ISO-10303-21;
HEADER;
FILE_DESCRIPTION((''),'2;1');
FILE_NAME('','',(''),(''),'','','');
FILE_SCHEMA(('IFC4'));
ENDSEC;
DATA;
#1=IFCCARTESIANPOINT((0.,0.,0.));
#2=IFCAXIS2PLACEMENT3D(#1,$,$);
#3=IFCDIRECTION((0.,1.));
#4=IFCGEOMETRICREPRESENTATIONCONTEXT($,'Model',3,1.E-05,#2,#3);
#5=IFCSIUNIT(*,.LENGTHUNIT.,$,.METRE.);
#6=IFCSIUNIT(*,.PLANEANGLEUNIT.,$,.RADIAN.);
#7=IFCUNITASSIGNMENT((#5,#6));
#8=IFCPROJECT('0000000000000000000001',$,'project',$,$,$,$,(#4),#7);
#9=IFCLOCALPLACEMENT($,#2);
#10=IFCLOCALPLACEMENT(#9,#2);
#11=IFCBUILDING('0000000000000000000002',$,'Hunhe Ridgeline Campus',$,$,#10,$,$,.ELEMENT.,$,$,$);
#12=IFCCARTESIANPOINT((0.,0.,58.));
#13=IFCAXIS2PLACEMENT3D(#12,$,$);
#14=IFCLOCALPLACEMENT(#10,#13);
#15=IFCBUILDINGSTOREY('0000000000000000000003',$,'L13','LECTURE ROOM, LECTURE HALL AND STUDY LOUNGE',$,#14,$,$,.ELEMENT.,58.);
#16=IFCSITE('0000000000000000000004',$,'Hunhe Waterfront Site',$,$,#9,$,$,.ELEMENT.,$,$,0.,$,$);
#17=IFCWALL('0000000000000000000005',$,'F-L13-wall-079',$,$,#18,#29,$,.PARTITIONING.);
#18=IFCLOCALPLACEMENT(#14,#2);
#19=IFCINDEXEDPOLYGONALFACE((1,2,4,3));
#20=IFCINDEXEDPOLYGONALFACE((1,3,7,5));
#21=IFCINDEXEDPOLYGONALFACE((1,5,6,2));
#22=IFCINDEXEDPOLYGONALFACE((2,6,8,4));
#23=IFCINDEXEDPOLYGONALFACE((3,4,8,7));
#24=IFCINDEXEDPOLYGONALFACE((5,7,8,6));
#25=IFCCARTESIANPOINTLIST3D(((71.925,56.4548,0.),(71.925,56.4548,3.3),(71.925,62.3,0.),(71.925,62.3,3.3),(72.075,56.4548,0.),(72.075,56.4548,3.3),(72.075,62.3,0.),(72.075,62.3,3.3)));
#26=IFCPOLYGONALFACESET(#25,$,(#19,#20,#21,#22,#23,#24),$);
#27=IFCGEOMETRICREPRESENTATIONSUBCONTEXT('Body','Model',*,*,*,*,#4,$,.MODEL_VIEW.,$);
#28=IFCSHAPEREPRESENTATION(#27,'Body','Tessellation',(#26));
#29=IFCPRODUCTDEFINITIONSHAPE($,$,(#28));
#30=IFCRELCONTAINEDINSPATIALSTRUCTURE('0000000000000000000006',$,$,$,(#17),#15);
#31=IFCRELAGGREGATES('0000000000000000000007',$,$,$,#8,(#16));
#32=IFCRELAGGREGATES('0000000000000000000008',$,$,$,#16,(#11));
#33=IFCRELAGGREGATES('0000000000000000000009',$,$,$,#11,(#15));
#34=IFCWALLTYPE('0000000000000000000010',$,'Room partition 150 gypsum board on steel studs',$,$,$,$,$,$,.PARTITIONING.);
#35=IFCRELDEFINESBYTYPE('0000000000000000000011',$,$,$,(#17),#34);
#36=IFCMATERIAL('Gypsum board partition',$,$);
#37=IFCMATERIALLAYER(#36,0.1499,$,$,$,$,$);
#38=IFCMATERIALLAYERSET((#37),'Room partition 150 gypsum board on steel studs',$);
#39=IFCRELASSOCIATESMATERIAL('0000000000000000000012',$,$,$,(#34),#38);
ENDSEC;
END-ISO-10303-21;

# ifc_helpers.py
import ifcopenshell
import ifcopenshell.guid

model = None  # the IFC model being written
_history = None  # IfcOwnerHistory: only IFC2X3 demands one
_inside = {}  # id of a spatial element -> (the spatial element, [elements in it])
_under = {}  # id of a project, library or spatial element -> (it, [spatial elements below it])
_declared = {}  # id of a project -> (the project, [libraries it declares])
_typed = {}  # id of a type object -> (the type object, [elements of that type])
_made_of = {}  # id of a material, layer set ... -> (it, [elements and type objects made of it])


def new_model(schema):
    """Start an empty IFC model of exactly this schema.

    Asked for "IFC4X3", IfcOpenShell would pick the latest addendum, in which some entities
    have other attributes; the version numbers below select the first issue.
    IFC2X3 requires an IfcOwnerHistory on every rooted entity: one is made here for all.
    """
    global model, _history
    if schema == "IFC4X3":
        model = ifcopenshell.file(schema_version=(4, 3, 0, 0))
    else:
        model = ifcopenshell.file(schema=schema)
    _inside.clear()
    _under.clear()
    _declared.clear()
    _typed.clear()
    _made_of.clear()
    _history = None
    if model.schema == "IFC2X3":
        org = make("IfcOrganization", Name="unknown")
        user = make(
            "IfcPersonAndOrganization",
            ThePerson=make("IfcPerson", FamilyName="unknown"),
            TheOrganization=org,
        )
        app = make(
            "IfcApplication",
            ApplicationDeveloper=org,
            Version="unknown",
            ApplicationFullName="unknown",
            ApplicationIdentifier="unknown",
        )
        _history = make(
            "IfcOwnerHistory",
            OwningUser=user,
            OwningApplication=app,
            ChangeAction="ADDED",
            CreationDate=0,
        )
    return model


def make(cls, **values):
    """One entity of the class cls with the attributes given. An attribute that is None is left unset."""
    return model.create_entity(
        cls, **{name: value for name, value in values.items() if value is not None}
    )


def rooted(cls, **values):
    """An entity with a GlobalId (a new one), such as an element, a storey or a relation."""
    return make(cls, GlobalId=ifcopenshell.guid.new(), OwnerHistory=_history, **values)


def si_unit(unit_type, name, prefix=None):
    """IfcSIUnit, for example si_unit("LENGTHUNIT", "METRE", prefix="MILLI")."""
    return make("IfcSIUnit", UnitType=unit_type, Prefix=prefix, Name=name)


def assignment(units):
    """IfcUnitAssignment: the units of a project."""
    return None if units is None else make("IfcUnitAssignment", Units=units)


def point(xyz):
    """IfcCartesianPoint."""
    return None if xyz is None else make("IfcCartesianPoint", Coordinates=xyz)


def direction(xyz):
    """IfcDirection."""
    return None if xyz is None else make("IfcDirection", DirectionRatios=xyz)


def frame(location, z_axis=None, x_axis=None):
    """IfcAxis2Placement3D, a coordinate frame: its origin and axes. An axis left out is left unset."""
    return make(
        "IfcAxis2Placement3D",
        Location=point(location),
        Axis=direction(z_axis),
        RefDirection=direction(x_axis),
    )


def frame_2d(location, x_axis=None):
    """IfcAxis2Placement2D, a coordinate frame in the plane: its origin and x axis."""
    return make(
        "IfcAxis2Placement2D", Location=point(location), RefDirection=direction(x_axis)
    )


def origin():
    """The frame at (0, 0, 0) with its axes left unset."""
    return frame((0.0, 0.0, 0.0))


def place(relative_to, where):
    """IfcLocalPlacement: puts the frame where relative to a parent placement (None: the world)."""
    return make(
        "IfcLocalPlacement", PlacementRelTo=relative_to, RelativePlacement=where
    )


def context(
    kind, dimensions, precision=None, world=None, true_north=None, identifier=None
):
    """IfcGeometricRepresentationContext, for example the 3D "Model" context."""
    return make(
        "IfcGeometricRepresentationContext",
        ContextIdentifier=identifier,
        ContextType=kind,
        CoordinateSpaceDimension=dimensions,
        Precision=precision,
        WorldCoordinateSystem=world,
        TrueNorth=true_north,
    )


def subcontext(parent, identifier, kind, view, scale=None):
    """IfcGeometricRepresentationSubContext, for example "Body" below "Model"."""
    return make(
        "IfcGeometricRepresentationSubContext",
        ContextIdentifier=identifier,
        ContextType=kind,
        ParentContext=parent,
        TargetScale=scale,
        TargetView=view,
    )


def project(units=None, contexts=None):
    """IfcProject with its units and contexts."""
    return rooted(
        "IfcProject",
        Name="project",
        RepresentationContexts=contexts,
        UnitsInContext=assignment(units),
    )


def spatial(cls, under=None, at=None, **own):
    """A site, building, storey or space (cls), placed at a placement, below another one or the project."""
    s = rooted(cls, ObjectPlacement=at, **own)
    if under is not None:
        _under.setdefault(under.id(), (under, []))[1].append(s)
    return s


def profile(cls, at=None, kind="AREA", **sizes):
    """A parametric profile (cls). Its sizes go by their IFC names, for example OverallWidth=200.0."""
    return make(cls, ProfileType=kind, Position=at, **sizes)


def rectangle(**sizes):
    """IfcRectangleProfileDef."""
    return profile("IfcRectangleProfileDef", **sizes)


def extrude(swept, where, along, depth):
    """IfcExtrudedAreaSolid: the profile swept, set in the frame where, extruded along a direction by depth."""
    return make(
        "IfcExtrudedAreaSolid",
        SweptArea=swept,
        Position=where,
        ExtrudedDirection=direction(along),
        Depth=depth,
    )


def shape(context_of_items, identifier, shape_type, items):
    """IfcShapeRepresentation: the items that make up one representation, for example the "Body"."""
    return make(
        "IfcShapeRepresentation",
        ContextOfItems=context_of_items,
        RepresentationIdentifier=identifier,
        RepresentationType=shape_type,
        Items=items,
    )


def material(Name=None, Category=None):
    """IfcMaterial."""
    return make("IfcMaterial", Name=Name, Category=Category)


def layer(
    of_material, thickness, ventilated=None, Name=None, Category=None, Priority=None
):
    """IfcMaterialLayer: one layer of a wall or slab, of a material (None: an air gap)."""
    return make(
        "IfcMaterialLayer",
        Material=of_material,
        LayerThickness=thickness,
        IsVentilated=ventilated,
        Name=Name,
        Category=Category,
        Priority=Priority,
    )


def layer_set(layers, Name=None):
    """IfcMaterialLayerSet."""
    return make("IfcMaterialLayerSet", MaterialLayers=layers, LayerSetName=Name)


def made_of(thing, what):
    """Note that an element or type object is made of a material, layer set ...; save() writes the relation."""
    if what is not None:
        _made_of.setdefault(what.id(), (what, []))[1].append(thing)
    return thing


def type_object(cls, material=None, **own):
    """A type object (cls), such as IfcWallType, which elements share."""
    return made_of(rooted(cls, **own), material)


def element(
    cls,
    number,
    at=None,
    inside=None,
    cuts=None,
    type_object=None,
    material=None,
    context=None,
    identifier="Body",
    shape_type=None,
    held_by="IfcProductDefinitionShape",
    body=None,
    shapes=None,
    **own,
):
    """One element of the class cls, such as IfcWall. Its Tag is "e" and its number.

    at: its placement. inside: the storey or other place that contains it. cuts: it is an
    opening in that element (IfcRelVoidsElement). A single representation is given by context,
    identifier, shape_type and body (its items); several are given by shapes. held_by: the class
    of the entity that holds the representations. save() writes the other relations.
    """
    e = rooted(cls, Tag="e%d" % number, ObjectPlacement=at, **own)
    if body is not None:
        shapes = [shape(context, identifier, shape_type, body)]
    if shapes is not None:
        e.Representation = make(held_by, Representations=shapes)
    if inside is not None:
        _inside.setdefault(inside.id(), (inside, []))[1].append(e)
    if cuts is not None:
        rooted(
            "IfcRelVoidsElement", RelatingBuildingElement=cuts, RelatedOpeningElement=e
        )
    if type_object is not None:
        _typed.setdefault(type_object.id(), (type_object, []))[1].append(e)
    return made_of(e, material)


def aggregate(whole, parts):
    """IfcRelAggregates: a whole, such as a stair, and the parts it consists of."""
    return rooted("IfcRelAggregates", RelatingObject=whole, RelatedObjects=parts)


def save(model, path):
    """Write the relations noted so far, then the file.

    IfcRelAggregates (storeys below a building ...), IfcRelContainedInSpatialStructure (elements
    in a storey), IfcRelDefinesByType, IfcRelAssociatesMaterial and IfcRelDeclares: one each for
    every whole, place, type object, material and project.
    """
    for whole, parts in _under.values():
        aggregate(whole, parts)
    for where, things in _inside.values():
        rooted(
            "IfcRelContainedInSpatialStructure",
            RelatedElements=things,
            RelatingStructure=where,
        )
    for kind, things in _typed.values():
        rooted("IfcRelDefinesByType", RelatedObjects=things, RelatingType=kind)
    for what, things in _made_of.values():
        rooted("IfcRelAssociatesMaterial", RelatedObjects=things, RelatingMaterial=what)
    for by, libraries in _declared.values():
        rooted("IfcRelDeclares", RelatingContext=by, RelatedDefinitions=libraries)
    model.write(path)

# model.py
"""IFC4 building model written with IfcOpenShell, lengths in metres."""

from ifc_helpers import new_model, si_unit, direction, frame, frame_2d, origin, place, context, subcontext, project, spatial, rectangle, extrude, material, layer, layer_set, type_object, element, save


model = new_model("IFC4")

# Units and contexts
model_context = context("Model", 3, precision=1e-05, world=origin(), true_north=direction((0.0, 1.0)))
body_context = subcontext(model_context, "Body", "Model", "MODEL_VIEW")
ifc_project = project(units=[si_unit("LENGTHUNIT", "METRE"), si_unit("PLANEANGLEUNIT", "RADIAN")], contexts=[model_context])

# Site, building, storey
site_placement = place(None, origin())
site = spatial("IfcSite", under=ifc_project, at=site_placement, Name="Hunhe Waterfront Site", CompositionType="ELEMENT", RefElevation=0.0)
building_placement = place(site_placement, origin())
building = spatial("IfcBuilding", under=site, at=building_placement, Name="Hunhe Ridgeline Campus", CompositionType="ELEMENT")
storey_placement = place(building_placement, frame((0.0, 0.0, 58.0)))
storey = spatial("IfcBuildingStorey", under=building, at=storey_placement, Name="L13", Description="LECTURE ROOM, LECTURE HALL AND STUDY LOUNGE", CompositionType="ELEMENT", Elevation=58.0)

# Wall
ifc_material_1 = material(Name="Gypsum board partition")
ifc_layer_1 = layer(ifc_material_1, 0.1499)
ifc_layer_set_1 = layer_set([ifc_layer_1], Name="Room partition 150 gypsum board on steel studs")
wall_type_1 = type_object("IfcWallType", Name="Room partition 150 gypsum board on steel studs", PredefinedType="PARTITIONING", material=ifc_layer_set_1)
for number, where, z_axis, x_axis, name in (
    (1, (72.0, 62.3, 0.0), (0.0, 0.0, 1.0), (0.0, -1.0, 0.0), "F-L13-wall-079"),
):
    element("IfcWall", number, at=place(storey_placement, frame(where, z_axis=z_axis, x_axis=x_axis)), inside=storey, type_object=wall_type_1, Name=name, PredefinedType="PARTITIONING", context=body_context, shape_type="SweptSolid", body=[
        extrude(rectangle(XDim=5.8452, YDim=0.1499, at=frame_2d((2.9226, 0.0))), origin(), (0.0, 0.0, 1.0), 3.3),
    ])

save(model, "model.ifc")
